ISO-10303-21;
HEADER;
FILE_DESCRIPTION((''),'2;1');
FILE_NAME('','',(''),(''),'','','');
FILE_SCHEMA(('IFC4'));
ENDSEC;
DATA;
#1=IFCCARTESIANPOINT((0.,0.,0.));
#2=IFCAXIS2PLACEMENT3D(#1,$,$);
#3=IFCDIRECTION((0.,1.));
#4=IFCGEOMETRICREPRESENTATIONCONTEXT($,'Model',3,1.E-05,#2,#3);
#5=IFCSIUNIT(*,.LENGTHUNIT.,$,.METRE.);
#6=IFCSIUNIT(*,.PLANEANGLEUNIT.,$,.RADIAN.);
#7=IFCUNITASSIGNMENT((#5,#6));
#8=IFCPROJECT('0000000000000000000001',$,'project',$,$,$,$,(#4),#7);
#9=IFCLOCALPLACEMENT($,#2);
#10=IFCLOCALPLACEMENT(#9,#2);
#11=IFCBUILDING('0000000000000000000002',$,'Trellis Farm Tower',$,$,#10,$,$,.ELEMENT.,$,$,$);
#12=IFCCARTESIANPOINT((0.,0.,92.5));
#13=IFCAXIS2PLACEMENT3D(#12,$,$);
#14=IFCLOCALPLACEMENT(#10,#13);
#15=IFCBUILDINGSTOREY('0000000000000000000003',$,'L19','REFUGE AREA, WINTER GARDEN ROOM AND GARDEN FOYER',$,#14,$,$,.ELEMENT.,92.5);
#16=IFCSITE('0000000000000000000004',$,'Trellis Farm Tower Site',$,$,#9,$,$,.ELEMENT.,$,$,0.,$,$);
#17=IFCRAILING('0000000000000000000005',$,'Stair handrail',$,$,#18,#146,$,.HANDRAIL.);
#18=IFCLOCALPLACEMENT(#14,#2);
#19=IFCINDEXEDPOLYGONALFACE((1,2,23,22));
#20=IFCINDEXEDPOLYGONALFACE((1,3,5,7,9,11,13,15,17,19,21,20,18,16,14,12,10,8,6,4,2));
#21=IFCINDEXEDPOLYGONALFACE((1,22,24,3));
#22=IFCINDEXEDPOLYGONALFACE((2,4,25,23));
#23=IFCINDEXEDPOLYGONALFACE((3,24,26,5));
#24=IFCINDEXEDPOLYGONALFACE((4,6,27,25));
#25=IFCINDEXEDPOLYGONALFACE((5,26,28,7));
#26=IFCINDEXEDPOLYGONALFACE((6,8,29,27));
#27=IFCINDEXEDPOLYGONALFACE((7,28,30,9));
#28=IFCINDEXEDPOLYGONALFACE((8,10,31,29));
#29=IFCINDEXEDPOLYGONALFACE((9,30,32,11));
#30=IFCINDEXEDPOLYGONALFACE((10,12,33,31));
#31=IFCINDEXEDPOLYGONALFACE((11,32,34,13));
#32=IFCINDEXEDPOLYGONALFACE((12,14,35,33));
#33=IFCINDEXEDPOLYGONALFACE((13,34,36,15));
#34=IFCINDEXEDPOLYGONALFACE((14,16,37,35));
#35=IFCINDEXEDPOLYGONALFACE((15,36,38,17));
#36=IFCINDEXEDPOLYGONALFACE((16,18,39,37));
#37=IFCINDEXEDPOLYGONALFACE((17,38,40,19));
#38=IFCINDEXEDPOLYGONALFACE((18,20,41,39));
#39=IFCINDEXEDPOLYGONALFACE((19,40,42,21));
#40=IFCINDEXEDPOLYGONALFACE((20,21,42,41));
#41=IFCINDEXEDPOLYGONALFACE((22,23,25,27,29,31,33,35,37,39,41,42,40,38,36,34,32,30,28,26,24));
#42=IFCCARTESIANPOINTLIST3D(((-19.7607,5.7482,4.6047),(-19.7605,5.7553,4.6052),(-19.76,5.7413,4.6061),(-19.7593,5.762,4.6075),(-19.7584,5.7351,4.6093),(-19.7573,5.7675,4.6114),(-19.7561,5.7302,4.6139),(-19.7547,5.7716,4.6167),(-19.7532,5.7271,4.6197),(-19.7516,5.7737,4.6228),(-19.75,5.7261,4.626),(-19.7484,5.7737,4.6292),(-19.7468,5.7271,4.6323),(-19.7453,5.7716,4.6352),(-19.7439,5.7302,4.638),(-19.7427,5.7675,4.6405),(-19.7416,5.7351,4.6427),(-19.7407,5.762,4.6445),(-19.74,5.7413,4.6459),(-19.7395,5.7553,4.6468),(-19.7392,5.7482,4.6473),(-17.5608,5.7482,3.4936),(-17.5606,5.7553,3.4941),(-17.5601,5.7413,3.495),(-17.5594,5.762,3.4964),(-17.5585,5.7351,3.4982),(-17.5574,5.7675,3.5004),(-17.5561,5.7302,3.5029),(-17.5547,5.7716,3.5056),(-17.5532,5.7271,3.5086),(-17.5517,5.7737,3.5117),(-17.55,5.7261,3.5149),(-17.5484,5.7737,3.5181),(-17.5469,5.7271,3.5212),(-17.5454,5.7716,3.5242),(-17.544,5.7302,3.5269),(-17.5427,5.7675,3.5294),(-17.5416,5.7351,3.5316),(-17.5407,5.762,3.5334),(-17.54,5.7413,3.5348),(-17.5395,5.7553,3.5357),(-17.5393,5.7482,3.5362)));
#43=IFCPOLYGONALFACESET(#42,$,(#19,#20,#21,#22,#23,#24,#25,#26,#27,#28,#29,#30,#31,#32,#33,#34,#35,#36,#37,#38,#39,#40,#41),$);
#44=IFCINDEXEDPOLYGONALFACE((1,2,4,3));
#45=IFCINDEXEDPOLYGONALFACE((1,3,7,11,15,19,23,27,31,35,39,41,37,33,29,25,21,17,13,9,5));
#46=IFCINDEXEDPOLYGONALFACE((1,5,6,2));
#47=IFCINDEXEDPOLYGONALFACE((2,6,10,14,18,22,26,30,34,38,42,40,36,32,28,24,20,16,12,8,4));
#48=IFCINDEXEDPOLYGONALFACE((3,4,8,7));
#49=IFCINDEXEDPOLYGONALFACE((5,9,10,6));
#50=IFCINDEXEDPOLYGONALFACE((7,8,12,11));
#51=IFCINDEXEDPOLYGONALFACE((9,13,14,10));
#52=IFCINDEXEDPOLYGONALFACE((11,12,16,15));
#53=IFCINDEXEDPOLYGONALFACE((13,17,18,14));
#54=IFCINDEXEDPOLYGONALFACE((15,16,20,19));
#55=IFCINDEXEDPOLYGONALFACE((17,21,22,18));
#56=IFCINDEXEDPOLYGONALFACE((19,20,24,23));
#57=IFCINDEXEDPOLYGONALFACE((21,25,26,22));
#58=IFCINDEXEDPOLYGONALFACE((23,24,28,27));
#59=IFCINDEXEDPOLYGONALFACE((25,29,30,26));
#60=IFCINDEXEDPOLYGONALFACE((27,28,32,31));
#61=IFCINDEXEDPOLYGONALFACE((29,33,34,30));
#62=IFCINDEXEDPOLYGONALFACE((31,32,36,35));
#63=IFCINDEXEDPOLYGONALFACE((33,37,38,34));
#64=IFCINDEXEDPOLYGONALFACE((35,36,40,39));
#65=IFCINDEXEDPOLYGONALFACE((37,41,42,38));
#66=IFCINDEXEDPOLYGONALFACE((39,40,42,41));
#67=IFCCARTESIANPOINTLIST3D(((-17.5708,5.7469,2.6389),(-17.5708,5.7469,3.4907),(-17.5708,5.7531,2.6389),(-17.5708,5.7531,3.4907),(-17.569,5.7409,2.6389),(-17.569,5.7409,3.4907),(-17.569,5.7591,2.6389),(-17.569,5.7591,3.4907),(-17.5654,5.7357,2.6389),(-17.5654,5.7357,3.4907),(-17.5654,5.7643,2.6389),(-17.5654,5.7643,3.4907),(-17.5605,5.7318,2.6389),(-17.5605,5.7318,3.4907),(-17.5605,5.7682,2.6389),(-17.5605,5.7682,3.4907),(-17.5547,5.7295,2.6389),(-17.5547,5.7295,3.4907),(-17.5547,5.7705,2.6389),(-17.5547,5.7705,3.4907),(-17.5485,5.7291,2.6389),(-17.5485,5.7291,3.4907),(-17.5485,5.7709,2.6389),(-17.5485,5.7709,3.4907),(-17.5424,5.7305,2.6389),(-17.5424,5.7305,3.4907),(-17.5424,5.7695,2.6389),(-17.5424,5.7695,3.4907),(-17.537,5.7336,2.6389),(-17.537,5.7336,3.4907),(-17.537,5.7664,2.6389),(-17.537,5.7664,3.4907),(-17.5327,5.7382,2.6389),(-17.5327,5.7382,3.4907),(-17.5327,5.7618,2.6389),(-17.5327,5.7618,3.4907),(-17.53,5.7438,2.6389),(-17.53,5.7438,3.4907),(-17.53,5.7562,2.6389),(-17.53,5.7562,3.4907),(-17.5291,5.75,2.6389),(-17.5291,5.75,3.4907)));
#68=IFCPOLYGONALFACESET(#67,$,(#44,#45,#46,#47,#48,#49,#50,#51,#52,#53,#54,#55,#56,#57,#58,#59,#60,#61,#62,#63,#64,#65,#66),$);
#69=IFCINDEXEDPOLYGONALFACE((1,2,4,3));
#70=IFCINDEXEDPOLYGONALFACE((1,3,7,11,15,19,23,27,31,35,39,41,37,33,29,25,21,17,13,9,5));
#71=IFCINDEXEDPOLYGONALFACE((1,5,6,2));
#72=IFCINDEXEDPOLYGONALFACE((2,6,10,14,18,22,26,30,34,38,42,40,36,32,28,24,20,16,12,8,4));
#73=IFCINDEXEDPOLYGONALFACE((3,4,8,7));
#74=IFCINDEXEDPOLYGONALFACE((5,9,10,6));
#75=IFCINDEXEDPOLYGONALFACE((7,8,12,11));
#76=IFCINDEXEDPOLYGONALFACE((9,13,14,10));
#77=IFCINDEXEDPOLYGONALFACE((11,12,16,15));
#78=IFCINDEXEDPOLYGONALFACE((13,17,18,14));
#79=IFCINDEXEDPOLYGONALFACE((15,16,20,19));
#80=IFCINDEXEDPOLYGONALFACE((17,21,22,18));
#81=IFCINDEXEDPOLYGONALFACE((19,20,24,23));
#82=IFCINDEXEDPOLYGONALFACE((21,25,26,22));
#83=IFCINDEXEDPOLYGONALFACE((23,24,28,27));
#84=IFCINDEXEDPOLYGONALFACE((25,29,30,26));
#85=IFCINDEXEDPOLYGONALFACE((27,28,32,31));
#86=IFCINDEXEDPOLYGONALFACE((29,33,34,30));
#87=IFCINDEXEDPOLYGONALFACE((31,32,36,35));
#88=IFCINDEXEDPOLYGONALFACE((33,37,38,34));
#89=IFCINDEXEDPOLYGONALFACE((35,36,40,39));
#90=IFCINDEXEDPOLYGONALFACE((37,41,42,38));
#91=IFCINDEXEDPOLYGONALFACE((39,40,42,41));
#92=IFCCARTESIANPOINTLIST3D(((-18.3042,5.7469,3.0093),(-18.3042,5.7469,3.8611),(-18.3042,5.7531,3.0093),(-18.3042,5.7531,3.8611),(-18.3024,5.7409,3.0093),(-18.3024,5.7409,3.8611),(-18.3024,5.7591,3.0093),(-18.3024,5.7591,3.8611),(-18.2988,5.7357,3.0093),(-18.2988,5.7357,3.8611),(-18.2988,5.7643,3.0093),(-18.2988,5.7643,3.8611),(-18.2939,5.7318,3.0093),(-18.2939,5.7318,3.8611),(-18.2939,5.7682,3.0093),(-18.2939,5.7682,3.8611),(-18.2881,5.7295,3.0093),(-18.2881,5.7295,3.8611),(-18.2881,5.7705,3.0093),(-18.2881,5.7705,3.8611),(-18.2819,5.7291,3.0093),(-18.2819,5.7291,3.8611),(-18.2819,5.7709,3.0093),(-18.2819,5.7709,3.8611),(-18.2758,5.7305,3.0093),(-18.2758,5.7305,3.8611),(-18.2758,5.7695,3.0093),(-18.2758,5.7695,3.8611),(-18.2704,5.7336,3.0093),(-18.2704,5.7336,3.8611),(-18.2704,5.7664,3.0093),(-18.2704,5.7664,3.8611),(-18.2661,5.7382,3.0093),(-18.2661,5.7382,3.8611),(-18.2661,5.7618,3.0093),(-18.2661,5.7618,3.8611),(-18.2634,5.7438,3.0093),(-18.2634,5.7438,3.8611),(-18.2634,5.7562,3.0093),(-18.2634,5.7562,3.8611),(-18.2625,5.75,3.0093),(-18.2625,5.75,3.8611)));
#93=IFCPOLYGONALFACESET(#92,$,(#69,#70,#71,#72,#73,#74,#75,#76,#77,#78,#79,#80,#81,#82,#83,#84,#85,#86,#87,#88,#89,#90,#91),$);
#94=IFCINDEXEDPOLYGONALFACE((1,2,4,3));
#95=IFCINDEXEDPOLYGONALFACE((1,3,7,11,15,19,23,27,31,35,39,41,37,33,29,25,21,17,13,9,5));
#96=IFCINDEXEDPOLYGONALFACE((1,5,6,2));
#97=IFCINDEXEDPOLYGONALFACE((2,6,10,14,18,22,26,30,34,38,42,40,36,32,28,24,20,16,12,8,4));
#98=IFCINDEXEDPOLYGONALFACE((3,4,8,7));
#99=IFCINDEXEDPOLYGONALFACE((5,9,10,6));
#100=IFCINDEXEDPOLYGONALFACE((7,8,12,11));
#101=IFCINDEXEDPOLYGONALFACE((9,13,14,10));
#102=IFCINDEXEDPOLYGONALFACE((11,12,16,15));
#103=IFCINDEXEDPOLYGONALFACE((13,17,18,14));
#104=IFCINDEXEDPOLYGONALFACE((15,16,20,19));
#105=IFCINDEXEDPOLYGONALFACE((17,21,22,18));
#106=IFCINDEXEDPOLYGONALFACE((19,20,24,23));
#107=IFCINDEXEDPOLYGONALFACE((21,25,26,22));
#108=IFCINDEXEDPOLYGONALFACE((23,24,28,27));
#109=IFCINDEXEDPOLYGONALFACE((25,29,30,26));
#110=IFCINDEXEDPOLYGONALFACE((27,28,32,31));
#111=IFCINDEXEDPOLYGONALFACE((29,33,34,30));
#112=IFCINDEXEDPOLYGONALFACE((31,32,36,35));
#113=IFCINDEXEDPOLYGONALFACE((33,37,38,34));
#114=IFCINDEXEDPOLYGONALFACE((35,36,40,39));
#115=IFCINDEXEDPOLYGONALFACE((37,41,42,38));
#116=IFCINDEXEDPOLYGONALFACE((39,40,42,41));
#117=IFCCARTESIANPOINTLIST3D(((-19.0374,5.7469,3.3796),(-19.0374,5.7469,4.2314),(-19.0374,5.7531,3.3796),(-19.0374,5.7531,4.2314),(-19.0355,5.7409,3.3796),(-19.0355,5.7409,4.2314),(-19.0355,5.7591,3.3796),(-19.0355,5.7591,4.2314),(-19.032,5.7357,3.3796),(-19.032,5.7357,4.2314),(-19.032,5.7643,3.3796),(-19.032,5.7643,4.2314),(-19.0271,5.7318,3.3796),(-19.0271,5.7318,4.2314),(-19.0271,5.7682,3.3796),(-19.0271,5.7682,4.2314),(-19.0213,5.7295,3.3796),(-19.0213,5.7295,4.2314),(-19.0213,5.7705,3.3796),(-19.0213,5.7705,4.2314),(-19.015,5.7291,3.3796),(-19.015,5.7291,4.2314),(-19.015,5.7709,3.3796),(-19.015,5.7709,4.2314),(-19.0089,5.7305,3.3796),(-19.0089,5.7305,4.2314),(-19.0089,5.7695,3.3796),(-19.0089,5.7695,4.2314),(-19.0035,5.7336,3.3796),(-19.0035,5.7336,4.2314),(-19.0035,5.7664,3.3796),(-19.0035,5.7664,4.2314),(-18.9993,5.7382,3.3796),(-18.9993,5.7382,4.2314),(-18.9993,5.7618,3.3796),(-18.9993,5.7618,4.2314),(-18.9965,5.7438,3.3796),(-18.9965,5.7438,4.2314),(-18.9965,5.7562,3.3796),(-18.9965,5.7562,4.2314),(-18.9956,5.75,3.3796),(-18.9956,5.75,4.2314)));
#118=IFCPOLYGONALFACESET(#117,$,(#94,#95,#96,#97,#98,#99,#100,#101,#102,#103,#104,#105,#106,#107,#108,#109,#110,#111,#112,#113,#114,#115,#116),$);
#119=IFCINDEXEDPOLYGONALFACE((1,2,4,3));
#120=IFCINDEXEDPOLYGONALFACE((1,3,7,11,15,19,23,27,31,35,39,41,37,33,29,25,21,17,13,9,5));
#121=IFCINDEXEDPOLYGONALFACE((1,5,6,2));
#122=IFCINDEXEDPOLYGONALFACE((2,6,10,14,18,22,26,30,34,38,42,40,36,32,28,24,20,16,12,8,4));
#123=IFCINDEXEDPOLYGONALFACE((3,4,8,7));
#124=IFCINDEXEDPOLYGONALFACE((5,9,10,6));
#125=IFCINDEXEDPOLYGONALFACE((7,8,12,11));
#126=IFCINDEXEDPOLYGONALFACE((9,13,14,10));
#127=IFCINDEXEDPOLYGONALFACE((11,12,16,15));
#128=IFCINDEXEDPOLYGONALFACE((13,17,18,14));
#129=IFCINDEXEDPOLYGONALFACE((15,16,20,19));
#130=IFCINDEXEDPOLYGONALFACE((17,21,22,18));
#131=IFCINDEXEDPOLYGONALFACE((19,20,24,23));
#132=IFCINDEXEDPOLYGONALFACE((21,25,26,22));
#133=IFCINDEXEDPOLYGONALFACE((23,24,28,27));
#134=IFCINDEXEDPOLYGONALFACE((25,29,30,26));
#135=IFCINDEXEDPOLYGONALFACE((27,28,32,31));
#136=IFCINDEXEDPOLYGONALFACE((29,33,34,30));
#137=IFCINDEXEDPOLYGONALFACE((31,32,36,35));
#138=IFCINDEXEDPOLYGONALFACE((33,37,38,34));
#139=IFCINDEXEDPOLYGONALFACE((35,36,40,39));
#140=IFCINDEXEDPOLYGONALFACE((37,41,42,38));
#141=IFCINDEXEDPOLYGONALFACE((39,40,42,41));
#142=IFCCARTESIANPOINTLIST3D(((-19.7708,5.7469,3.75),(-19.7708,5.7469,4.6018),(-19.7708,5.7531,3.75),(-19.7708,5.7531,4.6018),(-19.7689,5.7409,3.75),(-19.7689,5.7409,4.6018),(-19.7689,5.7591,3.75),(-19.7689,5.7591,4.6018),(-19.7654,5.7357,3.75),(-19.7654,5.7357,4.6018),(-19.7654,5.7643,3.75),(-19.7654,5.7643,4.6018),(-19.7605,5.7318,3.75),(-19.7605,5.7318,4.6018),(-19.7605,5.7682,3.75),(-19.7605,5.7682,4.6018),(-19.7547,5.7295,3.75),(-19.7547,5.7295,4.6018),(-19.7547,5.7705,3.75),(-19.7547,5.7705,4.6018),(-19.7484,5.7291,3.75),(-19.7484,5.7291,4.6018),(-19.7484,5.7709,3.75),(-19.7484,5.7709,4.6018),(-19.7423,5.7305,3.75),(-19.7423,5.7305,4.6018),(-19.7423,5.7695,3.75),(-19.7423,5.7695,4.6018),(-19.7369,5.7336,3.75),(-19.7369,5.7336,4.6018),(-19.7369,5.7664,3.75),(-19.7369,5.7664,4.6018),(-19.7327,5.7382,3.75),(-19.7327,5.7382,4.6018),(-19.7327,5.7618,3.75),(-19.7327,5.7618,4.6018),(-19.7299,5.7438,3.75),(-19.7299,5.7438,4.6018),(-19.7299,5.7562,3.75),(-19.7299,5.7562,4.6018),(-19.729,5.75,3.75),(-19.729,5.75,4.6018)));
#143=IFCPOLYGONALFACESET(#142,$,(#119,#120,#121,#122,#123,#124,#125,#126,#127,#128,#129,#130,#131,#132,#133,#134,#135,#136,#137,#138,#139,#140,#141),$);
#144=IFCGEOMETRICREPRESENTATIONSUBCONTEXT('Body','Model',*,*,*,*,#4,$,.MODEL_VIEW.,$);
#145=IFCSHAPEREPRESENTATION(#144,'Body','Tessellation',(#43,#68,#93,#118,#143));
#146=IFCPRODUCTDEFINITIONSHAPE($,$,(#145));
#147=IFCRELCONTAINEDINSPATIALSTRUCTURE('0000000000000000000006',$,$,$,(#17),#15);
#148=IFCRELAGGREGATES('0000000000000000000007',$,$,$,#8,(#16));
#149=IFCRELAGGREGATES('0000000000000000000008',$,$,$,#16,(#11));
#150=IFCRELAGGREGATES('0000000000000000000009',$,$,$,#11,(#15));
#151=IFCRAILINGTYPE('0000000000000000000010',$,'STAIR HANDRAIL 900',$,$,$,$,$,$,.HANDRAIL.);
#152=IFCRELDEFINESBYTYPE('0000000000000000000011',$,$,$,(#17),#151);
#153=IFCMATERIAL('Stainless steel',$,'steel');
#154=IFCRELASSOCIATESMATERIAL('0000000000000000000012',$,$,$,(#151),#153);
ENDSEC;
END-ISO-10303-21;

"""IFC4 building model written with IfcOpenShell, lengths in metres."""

from ifc_helpers import new_model, si_unit, direction, frame, origin, origin_2d, place, context, subcontext, project, spatial, circle, extrude, source, transform, mapped, material, type_object, element, save


model = new_model("IFC4")

# Units and contexts
model_context = context("Model", 3, precision=1e-05, world=origin(), true_north=direction((0.0, 1.0)))
body_context = subcontext(model_context, "Body", "Model", "MODEL_VIEW")
ifc_project = project(units=[si_unit("LENGTHUNIT", "METRE"), si_unit("PLANEANGLEUNIT", "RADIAN")], contexts=[model_context])

# Site, building, storey
site_placement = place(None, origin())
site = spatial("IfcSite", under=ifc_project, at=site_placement, Name="Trellis Farm Tower Site", CompositionType="ELEMENT", RefElevation=0.0)
building_placement = place(site_placement, origin())
building = spatial("IfcBuilding", under=site, at=building_placement, Name="Trellis Farm Tower", CompositionType="ELEMENT")
storey_placement = place(building_placement, frame((0.0, 0.0, 92.5)))
storey = spatial("IfcBuildingStorey", under=building, at=storey_placement, Name="L19", Description="REFUGE AREA, WINTER GARDEN ROOM AND GARDEN FOYER", CompositionType="ELEMENT", Elevation=92.5)

# Railing
ifc_material_1 = material(Name="Stainless steel", Category="steel")
railing_type = type_object("IfcRailingType", Name="STAIR HANDRAIL 900", PredefinedType="HANDRAIL", material=ifc_material_1)
shared_shape_1 = source(origin(), body_context, "Body", "SweptSolid", [
    extrude(circle(Radius=0.0239, at=origin_2d()), frame((0.0, 0.0, 0.876), z_axis=(-0.892617, 0.0, 0.450816), x_axis=(0.0, -1.0, 0.0)), (0.0, 0.0, 1.0), 2.4646),
    extrude(circle(Radius=0.021, at=origin_2d()), origin(), (0.0, 0.0, 1.0), 0.8518),
    extrude(circle(Radius=0.021, at=origin_2d()), frame((-0.7334, 0.0, 0.3704)), (0.0, 0.0, 1.0), 0.8518),
    extrude(circle(Radius=0.021, at=origin_2d()), frame((-1.4666, 0.0, 0.7407)), (0.0, 0.0, 1.0), 0.8518),
    extrude(circle(Radius=0.021, at=origin_2d()), frame((-2.2, 0.0, 1.1111)), (0.0, 0.0, 1.0), 0.8518),
])
for number, where, name in (
    (1, (-17.55, 5.75, 2.6389), "Stair handrail"),
):
    element("IfcRailing", number, at=place(storey_placement, frame(where)), inside=storey, type_object=railing_type, Name=name, PredefinedType="HANDRAIL", context=body_context, shape_type="MappedRepresentation", body=[
        mapped(shared_shape_1, transform((0.0, 0.0, 0.0))),
    ])

save(model, "model.ifc")
